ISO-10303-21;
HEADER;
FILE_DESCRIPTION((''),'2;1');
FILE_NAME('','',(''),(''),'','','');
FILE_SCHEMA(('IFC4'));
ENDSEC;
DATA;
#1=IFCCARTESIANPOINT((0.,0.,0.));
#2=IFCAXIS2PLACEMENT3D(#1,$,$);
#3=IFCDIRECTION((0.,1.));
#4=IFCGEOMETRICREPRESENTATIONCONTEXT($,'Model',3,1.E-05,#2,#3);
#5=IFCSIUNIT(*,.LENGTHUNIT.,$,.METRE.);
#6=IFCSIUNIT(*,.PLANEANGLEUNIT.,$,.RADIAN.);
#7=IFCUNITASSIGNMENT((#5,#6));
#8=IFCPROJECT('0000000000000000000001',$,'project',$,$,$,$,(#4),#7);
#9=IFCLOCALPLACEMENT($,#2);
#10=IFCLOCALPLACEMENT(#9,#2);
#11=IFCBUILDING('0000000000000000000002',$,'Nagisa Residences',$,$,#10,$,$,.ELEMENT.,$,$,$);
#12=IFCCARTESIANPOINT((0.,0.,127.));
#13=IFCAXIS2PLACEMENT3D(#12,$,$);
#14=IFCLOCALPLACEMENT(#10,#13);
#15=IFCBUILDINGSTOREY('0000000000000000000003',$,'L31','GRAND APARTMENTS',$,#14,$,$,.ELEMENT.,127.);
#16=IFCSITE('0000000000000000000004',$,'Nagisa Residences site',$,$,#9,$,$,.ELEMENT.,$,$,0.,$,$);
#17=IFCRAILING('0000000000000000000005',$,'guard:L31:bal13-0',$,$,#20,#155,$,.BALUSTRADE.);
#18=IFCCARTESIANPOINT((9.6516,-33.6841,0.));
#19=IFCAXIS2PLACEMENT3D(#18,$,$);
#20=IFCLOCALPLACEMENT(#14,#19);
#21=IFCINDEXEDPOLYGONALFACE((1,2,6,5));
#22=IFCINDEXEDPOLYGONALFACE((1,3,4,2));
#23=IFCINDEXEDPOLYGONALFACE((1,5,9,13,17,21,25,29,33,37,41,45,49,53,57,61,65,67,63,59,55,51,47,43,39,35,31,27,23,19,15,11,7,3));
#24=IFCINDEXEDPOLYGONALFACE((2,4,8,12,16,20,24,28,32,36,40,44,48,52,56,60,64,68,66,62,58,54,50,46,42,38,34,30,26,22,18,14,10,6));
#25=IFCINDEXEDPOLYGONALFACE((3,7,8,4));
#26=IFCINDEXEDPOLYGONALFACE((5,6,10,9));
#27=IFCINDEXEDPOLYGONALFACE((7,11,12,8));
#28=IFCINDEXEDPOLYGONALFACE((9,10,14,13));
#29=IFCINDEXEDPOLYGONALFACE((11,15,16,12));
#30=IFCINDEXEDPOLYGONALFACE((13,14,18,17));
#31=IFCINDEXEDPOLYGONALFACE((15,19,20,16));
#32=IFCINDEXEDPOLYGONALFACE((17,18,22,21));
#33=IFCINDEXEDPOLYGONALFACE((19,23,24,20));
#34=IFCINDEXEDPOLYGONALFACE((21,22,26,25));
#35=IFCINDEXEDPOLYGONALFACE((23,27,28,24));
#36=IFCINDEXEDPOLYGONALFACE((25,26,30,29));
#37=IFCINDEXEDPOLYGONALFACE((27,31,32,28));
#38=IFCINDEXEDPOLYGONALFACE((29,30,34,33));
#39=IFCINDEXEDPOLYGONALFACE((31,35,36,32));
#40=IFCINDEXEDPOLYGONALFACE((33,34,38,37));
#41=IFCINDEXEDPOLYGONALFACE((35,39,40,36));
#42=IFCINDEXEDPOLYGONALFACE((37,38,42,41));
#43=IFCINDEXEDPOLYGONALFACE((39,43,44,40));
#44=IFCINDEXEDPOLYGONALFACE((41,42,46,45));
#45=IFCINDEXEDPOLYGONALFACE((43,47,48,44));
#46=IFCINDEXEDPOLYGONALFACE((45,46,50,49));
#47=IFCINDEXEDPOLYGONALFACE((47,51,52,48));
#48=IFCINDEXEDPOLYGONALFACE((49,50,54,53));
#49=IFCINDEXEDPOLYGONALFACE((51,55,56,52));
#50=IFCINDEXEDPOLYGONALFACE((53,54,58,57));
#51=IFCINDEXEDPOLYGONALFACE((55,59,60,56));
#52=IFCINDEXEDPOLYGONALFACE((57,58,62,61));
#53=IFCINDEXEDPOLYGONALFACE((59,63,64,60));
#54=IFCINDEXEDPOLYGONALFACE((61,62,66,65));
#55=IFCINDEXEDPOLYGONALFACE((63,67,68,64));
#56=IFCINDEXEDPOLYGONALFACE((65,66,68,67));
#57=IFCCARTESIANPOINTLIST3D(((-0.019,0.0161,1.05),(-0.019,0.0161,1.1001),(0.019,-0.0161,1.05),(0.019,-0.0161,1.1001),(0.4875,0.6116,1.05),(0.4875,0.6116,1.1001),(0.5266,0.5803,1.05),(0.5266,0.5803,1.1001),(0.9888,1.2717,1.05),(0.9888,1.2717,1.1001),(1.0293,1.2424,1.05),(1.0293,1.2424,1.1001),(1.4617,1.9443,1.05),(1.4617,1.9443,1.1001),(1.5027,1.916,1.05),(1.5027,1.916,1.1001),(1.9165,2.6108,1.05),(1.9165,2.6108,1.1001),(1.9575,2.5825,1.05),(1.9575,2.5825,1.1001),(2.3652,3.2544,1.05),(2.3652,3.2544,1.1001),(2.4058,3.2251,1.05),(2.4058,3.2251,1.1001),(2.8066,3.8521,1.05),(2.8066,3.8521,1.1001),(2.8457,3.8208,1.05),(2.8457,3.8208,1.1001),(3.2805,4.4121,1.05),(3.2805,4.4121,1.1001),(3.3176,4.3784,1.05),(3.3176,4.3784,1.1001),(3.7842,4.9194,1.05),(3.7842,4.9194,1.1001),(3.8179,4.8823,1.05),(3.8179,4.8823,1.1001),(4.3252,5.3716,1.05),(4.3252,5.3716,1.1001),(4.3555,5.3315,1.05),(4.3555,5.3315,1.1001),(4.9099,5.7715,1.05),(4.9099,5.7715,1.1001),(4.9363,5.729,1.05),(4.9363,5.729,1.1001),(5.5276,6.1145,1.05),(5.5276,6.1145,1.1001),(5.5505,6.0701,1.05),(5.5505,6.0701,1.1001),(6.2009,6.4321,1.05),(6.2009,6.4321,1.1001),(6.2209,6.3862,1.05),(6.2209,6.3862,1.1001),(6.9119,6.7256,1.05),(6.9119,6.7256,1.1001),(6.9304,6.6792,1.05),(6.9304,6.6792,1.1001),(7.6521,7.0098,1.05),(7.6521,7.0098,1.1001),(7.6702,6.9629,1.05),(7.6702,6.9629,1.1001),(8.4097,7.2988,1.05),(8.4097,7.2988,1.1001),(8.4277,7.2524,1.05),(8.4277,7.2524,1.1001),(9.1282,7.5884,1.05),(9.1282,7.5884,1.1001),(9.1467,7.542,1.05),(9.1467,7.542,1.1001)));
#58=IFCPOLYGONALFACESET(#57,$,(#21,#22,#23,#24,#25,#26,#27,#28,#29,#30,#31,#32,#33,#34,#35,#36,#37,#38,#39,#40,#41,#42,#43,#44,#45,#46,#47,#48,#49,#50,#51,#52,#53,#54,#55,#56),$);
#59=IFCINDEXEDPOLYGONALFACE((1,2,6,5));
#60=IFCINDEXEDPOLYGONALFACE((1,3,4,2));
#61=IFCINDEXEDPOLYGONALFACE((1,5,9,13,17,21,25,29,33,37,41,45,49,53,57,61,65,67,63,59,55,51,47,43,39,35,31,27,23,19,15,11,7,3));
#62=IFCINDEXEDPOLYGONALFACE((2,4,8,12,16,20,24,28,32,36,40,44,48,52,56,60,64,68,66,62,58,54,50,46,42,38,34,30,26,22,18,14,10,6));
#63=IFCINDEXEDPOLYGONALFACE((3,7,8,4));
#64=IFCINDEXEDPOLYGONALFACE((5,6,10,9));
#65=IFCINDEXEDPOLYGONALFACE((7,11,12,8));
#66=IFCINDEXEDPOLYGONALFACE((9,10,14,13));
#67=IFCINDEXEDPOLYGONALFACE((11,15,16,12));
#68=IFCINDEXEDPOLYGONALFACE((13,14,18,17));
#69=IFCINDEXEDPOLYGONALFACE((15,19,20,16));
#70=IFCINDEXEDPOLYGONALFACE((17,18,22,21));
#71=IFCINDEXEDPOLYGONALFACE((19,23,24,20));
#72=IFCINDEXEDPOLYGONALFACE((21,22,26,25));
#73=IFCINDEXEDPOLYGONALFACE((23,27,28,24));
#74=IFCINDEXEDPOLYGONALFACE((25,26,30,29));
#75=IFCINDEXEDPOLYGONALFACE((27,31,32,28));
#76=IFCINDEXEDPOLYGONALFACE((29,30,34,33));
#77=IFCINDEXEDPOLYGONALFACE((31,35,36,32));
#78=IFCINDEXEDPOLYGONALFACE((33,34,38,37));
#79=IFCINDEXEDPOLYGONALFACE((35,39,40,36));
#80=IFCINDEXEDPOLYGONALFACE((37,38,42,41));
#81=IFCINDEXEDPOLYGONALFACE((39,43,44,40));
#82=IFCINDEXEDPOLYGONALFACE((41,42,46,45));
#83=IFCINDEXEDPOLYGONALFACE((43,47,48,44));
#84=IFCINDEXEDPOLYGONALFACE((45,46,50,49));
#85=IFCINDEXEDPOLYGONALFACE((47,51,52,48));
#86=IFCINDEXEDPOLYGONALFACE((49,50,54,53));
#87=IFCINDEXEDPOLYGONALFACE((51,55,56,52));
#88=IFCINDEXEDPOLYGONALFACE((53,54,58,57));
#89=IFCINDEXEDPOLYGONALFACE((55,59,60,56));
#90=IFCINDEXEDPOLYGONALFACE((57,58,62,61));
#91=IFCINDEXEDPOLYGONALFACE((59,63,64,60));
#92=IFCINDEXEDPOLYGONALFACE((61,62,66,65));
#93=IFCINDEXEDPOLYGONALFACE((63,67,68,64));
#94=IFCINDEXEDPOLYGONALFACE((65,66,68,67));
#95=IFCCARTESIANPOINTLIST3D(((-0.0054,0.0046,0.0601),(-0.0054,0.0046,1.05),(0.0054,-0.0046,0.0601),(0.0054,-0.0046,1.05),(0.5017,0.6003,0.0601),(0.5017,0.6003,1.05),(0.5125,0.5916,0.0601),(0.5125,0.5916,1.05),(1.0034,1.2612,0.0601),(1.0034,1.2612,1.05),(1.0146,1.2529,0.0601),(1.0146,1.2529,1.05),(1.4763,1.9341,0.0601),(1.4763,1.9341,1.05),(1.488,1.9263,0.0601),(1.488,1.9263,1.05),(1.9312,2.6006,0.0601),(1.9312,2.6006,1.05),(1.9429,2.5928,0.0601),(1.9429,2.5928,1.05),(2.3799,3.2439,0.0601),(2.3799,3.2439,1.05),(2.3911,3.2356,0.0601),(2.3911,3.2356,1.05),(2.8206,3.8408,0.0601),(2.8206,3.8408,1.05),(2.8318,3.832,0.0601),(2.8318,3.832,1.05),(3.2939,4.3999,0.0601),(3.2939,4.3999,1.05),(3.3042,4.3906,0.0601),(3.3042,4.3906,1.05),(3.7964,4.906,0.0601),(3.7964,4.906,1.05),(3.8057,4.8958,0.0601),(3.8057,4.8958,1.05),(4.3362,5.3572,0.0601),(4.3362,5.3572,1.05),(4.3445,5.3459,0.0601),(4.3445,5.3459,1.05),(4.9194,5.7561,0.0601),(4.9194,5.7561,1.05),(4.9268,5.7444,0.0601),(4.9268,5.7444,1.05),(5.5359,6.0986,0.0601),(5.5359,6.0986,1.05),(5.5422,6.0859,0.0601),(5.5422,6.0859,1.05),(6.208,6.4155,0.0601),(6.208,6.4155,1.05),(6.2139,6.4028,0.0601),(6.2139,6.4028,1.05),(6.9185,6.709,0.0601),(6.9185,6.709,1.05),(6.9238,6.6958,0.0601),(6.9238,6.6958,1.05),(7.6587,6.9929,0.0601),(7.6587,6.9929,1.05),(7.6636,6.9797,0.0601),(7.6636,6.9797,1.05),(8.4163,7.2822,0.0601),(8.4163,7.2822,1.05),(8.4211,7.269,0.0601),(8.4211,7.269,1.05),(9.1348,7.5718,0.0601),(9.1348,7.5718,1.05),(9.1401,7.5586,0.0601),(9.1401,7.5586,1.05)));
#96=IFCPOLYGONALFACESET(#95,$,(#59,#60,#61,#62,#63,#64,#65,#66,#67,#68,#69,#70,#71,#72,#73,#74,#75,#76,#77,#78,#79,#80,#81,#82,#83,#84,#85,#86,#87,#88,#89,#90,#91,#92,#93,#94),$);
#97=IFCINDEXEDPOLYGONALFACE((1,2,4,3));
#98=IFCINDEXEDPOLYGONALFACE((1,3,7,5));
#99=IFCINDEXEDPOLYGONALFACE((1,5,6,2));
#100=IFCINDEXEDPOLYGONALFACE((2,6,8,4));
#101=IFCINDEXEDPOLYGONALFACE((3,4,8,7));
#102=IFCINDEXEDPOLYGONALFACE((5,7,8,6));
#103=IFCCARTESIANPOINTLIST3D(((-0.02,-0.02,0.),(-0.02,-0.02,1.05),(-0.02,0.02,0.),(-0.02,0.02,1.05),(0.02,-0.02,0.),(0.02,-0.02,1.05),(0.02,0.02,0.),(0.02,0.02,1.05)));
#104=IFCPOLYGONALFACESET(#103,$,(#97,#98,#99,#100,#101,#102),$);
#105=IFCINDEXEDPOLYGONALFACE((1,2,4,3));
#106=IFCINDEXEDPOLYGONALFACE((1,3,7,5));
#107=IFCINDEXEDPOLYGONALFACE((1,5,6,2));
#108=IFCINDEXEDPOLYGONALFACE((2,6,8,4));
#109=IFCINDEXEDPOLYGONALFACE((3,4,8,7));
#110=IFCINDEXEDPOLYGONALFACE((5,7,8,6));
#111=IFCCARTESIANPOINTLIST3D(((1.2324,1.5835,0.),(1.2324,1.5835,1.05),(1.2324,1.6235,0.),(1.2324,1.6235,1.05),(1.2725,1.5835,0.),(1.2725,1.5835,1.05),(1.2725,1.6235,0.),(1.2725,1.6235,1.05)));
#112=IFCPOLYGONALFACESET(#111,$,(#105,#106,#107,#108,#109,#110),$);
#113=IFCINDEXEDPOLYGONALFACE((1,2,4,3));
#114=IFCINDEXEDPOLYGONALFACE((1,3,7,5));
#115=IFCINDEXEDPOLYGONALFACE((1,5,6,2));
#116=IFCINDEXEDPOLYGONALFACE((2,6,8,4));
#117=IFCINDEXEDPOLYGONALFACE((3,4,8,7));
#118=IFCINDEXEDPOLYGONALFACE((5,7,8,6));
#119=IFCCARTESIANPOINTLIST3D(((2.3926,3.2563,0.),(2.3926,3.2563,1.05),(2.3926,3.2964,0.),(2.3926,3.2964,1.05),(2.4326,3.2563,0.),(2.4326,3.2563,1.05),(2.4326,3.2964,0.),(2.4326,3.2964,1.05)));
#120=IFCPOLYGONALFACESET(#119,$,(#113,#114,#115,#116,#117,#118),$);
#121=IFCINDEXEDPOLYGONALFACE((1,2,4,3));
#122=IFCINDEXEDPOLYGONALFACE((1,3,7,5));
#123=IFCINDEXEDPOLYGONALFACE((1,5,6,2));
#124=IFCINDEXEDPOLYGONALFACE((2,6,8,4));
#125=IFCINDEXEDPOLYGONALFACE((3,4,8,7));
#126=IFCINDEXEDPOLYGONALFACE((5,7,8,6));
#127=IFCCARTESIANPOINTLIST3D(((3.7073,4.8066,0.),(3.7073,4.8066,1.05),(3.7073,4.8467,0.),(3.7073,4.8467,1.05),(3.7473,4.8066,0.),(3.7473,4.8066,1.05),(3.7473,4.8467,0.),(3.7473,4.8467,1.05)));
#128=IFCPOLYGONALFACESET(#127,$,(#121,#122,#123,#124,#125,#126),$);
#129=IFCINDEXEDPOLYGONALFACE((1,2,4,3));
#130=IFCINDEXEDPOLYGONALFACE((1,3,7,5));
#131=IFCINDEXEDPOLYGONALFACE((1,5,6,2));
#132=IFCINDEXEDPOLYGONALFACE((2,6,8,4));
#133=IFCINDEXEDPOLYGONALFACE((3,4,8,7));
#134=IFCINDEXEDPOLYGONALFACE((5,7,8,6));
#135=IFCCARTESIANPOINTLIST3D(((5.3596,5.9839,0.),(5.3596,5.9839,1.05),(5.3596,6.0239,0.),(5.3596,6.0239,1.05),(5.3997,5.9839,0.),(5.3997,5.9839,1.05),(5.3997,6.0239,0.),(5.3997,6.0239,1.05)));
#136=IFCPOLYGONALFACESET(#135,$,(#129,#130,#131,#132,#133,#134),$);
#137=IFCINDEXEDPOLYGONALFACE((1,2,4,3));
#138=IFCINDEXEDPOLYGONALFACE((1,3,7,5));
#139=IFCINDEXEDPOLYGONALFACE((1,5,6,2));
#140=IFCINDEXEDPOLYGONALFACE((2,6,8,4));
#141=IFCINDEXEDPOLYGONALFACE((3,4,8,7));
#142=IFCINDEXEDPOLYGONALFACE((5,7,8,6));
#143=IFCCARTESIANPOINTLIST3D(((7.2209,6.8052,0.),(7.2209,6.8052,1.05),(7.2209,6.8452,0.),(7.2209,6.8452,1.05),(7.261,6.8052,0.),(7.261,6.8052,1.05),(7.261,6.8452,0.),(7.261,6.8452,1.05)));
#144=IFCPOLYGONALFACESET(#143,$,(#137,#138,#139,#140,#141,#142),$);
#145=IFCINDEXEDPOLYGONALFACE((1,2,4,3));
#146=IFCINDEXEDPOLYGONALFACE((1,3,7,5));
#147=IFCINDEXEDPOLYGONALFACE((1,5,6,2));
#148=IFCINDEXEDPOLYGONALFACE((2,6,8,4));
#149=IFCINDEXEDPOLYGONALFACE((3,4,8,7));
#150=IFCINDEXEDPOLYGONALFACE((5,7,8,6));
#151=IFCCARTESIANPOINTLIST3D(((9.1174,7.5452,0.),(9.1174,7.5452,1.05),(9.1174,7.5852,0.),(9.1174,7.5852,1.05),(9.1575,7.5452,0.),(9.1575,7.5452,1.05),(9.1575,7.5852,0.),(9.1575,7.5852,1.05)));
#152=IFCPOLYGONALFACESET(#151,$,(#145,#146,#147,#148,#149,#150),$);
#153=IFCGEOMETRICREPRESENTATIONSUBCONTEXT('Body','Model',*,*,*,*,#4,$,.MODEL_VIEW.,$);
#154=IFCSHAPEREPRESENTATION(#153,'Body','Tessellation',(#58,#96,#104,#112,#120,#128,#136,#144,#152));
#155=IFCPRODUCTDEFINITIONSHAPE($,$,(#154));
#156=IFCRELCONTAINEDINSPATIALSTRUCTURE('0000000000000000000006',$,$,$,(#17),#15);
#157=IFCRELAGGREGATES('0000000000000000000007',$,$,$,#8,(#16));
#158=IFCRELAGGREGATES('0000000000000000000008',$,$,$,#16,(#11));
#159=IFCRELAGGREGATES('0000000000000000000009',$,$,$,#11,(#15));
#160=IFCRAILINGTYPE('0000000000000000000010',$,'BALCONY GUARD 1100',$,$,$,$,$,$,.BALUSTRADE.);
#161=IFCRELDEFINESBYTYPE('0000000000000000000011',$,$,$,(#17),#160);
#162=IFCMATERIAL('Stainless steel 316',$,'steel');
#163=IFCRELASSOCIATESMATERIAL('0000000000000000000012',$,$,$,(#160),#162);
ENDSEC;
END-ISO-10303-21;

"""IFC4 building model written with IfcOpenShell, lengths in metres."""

from ifc_helpers import new_model, si_unit, direction, frame, origin, origin_2d, place, context, subcontext, project, spatial, polyline, rectangle, outline, extrude, material, type_object, element, save


model = new_model("IFC4")

# Units and contexts
model_context = context("Model", 3, precision=1e-05, world=origin(), true_north=direction((0.0, 1.0)))
body_context = subcontext(model_context, "Body", "Model", "MODEL_VIEW")
ifc_project = project(units=[si_unit("LENGTHUNIT", "METRE"), si_unit("PLANEANGLEUNIT", "RADIAN")], contexts=[model_context])

# Site, building, storey
site_placement = place(None, origin())
site = spatial("IfcSite", under=ifc_project, at=site_placement, Name="Nagisa Residences site", CompositionType="ELEMENT", RefElevation=0.0)
building_placement = place(site_placement, origin())
building = spatial("IfcBuilding", under=site, at=building_placement, Name="Nagisa Residences", CompositionType="ELEMENT")
storey_placement = place(building_placement, frame((0.0, 0.0, 127.0)))
storey = spatial("IfcBuildingStorey", under=building, at=storey_placement, Name="L31", Description="GRAND APARTMENTS", CompositionType="ELEMENT", Elevation=127.0)

# Railing
ifc_material_1 = material(Name="Stainless steel 316", Category="steel")
railing_type = type_object("IfcRailingType", Name="BALCONY GUARD 1100", PredefinedType="BALUSTRADE", material=ifc_material_1)
railing_placement = place(storey_placement, frame((9.6516, -33.6841, 0.0)))
element("IfcRailing", 1, at=railing_placement, inside=storey, type_object=railing_type, Name="guard:L31:bal13-0", PredefinedType="BALUSTRADE", context=body_context, shape_type="SweptSolid", body=[
    extrude(outline(polyline([(0.4875, 0.6116), (-0.019, 0.0161), (0.019, -0.0161), (0.5266, 0.5803), (1.0293, 1.2424), (1.5027, 1.916), (1.9575, 2.5825), (2.4058, 3.2251), (2.8457, 3.8208), (3.3176, 4.3784), (3.8179, 4.8823), (4.3555, 5.3315), (4.9363, 5.729), (5.5505, 6.0701), (6.2209, 6.3862), (6.9304, 6.6792), (7.6702, 6.9629), (8.4277, 7.2524), (9.1467, 7.542), (9.1282, 7.5884), (8.4097, 7.2988), (7.6521, 7.0098), (6.9119, 6.7256), (6.2009, 6.4321), (5.5276, 6.1145), (4.9099, 5.7715), (4.3252, 5.3716), (3.7842, 4.9194), (3.2805, 4.4121), (2.8066, 3.8521), (2.3652, 3.2544), (1.9165, 2.6108), (1.4617, 1.9443), (0.9888, 1.2717), (0.4875, 0.6116)])), frame((0.0, 0.0, 1.05)), (0.0, 0.0, 1.0), 0.05),
    extrude(outline(polyline([(0.5017, 0.6003), (-0.0054, 0.0046), (0.0054, -0.0046), (0.5125, 0.5916), (1.0146, 1.2529), (1.488, 1.9263), (1.9429, 2.5928), (2.3911, 3.2356), (2.8318, 3.832), (3.3042, 4.3906), (3.8057, 4.8958), (4.3445, 5.3459), (4.9268, 5.7444), (5.5422, 6.0859), (6.2139, 6.4028), (6.9238, 6.6958), (7.6636, 6.9797), (8.4211, 7.269), (9.1401, 7.5586), (9.1348, 7.5718), (8.4163, 7.2822), (7.6587, 6.9929), (6.9185, 6.709), (6.208, 6.4155), (5.5359, 6.0986), (4.9194, 5.7561), (4.3362, 5.3572), (3.7964, 4.906), (3.2939, 4.3999), (2.8206, 3.8408), (2.3799, 3.2439), (1.9312, 2.6006), (1.4763, 1.9341), (1.0034, 1.2612), (0.5017, 0.6003)])), frame((0.0, 0.0, 0.0601)), (0.0, 0.0, 1.0), 0.99),
    extrude(rectangle(XDim=0.04, YDim=0.04, at=origin_2d()), origin(), (0.0, 0.0, 1.0), 1.05),
    extrude(rectangle(XDim=0.04, YDim=0.04, at=origin_2d()), frame((1.2524, 1.6035, 0.0)), (0.0, 0.0, 1.0), 1.05),
    extrude(rectangle(XDim=0.04, YDim=0.04, at=origin_2d()), frame((2.4126, 3.2764, 0.0)), (0.0, 0.0, 1.0), 1.05),
    extrude(rectangle(XDim=0.04, YDim=0.04, at=origin_2d()), frame((3.7273, 4.8267, 0.0)), (0.0, 0.0, 1.0), 1.05),
    extrude(rectangle(XDim=0.04, YDim=0.04, at=origin_2d()), frame((5.3796, 6.0039, 0.0)), (0.0, 0.0, 1.0), 1.05),
    extrude(rectangle(XDim=0.04, YDim=0.04, at=origin_2d()), frame((7.241, 6.8252, 0.0)), (0.0, 0.0, 1.0), 1.05),
    extrude(rectangle(XDim=0.04, YDim=0.04, at=origin_2d()), frame((9.1375, 7.5652, 0.0)), (0.0, 0.0, 1.0), 1.05),
])

save(model, "model.ifc")
